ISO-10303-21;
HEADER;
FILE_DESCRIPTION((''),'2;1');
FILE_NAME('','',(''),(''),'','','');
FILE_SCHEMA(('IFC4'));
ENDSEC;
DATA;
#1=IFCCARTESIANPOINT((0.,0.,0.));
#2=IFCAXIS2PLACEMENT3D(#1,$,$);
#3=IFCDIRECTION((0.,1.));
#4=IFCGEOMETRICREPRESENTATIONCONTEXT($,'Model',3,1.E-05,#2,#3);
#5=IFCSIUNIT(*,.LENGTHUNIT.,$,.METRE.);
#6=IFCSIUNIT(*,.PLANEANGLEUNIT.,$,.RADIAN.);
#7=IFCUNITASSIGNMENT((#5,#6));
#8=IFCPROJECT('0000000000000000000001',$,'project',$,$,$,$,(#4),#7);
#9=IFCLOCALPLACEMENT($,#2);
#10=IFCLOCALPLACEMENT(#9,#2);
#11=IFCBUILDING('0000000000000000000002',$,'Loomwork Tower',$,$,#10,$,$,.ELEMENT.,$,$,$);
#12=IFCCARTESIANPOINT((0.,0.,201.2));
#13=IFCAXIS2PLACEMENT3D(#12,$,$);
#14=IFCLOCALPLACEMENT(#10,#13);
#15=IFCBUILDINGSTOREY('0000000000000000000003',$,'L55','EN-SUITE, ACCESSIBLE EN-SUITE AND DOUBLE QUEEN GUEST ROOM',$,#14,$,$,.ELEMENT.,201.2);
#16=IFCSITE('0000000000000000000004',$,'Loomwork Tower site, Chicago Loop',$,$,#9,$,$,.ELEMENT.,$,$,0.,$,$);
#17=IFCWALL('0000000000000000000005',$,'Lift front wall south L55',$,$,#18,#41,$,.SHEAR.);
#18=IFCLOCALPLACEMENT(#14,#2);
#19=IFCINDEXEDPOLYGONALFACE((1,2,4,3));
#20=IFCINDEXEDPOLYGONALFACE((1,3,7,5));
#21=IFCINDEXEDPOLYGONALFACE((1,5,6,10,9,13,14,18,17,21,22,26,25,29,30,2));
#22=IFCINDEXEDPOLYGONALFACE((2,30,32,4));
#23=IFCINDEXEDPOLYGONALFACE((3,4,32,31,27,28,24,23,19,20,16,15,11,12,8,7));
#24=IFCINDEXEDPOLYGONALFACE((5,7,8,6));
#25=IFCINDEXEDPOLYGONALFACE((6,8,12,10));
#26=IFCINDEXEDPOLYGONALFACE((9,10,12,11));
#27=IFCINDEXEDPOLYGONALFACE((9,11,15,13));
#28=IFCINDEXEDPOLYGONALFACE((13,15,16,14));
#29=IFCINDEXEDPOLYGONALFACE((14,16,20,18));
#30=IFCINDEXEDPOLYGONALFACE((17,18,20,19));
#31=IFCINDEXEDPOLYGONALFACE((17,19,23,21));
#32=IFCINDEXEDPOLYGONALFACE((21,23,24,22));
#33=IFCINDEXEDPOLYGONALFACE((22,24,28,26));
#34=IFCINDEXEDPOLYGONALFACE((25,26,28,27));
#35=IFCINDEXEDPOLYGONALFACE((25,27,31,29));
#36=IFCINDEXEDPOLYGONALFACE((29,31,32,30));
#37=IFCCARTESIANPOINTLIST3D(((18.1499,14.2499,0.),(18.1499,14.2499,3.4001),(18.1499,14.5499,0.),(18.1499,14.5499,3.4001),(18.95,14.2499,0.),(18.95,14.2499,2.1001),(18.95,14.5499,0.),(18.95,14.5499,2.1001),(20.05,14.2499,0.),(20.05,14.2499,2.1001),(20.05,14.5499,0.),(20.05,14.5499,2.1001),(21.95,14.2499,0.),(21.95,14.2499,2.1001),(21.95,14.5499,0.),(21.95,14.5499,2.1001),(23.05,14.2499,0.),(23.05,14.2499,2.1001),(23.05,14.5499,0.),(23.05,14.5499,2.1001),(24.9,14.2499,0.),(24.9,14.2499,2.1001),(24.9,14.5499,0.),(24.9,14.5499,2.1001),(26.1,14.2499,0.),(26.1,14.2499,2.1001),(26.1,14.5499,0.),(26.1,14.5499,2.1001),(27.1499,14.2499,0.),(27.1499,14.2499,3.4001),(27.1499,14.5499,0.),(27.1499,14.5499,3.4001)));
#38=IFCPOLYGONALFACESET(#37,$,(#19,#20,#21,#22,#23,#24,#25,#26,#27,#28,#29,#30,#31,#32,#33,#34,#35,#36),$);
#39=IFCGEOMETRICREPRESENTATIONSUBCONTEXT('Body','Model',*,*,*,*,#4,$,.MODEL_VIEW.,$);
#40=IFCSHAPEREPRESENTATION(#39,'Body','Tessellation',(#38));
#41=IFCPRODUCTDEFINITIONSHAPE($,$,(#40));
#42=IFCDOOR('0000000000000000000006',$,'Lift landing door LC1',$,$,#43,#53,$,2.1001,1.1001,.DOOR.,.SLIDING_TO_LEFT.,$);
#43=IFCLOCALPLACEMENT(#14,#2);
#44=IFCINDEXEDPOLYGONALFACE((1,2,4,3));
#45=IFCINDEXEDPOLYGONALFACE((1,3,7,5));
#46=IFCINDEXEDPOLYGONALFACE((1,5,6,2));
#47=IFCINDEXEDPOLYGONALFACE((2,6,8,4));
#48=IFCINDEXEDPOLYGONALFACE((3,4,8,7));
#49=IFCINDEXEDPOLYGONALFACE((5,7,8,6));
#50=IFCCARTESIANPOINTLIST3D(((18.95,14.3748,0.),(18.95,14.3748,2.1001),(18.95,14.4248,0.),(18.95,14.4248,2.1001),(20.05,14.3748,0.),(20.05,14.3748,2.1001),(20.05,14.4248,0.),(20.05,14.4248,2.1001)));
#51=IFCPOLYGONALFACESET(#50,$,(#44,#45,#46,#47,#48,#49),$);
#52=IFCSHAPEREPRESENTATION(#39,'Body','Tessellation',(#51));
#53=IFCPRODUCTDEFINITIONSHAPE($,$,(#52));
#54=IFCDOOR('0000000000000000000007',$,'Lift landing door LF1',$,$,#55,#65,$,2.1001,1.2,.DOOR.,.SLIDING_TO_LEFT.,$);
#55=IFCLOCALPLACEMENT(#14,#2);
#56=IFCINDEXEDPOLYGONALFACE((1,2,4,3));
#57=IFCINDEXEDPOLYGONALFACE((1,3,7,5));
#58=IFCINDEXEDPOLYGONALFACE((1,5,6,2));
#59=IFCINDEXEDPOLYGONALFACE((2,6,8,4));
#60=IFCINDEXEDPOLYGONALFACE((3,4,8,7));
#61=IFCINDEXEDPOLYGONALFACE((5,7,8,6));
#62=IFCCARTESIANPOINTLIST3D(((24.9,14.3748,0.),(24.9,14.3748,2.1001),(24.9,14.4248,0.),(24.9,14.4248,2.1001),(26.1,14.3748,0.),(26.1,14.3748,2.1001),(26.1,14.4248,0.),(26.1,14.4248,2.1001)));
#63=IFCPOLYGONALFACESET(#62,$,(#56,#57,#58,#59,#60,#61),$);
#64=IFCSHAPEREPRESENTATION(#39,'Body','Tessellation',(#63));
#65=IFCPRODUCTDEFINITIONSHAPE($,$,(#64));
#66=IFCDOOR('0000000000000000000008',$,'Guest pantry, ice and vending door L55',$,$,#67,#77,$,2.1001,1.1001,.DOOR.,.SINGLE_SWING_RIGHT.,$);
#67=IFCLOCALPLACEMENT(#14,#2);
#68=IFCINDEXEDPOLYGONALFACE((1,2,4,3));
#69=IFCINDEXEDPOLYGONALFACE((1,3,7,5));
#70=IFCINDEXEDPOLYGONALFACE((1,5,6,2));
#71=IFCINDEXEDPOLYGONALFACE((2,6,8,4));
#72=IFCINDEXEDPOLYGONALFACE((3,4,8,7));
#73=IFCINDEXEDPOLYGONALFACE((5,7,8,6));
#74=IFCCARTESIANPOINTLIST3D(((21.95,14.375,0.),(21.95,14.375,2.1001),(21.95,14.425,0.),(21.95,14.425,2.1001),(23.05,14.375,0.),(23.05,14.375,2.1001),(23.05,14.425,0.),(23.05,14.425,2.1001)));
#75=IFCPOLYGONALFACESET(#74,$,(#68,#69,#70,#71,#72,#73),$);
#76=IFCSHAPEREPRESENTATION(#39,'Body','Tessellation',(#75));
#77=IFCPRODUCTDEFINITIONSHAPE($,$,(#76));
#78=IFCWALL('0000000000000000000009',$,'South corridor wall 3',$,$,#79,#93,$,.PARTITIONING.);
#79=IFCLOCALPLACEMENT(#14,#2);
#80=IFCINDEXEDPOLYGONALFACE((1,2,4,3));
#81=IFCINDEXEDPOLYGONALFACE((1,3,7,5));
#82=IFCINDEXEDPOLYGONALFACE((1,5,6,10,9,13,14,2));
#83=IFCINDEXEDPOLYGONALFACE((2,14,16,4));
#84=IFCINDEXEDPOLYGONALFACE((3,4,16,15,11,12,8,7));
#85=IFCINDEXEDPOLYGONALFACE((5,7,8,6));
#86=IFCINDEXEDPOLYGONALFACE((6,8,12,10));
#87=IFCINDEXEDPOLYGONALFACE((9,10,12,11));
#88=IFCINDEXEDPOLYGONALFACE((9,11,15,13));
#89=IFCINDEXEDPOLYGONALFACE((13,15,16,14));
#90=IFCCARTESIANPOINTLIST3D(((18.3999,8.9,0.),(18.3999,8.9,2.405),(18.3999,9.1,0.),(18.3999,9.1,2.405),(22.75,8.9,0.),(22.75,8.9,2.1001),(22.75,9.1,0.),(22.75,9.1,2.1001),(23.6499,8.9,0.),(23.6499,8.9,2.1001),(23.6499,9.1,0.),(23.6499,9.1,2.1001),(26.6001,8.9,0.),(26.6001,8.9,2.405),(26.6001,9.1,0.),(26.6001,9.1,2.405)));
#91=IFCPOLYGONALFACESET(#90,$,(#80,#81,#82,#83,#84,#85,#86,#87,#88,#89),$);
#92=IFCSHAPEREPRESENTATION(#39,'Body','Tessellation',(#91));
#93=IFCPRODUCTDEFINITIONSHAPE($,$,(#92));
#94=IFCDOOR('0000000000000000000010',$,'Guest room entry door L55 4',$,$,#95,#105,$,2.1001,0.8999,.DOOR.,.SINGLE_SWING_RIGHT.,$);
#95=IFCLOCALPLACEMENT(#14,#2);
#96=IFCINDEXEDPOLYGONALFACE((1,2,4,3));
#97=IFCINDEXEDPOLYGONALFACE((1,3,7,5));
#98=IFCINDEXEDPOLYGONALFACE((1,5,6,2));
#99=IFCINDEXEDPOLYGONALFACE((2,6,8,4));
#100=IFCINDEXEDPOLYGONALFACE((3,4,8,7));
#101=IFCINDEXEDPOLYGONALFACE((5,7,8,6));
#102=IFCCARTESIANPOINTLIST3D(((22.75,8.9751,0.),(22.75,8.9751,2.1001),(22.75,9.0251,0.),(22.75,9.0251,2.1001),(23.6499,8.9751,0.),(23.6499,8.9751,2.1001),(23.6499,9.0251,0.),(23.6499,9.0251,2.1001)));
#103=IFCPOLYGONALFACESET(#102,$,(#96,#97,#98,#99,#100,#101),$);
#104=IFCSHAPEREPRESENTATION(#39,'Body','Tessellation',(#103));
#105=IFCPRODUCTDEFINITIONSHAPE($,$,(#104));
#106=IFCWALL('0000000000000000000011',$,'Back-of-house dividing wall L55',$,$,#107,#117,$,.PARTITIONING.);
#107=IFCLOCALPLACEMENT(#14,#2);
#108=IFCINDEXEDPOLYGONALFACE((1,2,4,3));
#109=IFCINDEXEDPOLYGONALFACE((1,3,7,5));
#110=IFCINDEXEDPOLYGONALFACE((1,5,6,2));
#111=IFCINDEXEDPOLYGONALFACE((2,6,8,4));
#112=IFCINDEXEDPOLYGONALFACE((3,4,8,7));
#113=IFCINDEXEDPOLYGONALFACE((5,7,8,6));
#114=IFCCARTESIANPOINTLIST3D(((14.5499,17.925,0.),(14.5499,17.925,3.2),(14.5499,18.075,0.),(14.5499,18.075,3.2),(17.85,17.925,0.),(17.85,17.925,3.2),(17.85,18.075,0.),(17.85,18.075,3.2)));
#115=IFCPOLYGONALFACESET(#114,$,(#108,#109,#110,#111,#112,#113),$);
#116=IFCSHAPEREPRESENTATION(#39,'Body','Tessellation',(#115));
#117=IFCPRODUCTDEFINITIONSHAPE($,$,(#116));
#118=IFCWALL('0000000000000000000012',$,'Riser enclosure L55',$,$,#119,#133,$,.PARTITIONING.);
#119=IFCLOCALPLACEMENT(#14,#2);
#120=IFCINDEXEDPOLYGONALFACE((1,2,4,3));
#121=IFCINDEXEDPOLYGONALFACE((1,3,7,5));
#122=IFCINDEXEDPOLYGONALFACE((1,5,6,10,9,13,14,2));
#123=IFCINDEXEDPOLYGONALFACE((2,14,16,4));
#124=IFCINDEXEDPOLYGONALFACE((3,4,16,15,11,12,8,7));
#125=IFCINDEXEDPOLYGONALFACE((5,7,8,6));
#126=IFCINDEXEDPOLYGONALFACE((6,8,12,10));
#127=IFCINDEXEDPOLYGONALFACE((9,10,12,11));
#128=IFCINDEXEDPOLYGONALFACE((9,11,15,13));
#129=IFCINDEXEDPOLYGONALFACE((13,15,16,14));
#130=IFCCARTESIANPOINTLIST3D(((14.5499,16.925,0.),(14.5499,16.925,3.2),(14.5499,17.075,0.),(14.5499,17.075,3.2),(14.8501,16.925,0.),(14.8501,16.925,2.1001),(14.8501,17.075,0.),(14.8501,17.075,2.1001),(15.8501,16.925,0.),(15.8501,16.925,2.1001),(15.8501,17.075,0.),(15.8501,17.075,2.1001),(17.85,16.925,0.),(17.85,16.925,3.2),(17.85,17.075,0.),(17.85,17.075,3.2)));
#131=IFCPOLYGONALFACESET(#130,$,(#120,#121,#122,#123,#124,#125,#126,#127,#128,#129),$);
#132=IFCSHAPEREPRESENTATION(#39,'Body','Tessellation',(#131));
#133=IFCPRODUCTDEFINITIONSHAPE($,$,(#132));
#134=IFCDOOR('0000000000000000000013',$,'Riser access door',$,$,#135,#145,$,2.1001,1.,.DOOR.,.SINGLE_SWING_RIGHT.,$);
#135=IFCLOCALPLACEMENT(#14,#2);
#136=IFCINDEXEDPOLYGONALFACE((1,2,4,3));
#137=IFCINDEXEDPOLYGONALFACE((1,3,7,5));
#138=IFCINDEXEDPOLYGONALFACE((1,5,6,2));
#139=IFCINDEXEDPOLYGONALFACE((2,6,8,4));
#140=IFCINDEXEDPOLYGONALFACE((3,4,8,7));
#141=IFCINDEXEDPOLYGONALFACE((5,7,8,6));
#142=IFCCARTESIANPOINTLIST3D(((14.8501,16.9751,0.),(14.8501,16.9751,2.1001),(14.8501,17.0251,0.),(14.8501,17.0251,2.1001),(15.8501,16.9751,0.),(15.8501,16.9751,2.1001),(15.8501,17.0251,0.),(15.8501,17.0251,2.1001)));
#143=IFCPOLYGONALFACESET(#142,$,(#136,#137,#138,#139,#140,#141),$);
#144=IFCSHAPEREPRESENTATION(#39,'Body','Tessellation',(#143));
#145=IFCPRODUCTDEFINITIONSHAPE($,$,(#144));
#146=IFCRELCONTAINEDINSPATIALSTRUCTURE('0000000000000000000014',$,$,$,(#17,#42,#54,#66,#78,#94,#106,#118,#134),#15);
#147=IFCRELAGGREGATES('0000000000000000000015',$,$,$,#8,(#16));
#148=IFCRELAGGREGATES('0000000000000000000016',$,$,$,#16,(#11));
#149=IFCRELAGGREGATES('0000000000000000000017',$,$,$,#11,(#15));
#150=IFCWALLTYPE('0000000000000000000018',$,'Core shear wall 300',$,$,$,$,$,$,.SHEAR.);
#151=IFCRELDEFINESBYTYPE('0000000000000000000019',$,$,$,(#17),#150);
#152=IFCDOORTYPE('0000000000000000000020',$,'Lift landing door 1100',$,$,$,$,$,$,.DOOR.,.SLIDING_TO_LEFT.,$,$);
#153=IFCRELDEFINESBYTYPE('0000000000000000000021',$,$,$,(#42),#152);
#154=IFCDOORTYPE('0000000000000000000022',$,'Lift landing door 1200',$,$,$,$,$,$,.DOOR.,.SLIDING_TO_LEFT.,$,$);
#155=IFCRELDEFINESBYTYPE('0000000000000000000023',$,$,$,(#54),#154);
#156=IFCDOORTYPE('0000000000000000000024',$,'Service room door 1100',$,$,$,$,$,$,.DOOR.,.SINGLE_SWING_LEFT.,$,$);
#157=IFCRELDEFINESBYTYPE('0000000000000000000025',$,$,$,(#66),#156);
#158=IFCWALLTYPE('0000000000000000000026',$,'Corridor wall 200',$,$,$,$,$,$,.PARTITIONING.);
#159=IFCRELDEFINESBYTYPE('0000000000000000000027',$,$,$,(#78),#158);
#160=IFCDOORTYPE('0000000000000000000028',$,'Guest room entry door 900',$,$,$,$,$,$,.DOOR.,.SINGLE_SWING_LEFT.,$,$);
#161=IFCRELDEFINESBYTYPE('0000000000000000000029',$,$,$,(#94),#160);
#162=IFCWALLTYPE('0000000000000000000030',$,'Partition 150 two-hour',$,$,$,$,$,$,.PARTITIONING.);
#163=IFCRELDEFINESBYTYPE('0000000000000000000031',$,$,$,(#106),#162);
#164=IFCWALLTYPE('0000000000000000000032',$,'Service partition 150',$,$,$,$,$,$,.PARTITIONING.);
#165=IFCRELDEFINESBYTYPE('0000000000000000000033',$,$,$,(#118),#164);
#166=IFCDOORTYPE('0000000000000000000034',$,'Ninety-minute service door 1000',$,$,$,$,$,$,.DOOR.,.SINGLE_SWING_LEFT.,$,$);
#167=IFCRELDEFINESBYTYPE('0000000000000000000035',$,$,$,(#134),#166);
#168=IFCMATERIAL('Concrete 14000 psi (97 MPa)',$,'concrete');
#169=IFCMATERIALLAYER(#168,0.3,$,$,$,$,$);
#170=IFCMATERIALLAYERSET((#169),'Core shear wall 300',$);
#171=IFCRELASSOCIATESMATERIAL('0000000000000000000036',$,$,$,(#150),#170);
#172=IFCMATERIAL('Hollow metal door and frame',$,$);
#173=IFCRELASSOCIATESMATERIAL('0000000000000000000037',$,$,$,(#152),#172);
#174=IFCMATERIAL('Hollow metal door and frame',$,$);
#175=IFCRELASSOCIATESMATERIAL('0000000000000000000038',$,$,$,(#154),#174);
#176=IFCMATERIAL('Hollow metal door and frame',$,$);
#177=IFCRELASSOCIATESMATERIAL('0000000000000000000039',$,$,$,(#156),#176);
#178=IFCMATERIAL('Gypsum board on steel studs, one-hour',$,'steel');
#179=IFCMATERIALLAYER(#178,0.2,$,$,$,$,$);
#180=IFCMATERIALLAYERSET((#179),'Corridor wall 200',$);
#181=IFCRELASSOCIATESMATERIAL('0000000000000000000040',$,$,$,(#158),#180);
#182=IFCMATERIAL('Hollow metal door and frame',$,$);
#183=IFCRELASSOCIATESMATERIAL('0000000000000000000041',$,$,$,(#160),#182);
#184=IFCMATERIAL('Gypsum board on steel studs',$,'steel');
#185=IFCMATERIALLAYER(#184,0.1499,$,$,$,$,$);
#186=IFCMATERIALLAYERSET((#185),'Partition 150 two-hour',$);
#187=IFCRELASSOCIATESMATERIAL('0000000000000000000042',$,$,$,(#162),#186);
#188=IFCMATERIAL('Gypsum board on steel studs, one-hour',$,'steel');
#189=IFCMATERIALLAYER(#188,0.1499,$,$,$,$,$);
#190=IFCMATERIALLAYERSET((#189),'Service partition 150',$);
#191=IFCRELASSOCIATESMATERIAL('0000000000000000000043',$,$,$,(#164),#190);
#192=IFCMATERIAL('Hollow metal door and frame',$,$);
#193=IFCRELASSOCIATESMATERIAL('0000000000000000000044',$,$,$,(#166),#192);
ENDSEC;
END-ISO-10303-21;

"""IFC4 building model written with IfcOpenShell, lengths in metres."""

from ifc_helpers import new_model, si_unit, direction, frame, frame_2d, origin, place, context, subcontext, project, spatial, rectangle, extrude, material, layer, layer_set, type_object, element, fill, save


model = new_model("IFC4")

# Units and contexts
model_context = context("Model", 3, precision=1e-05, world=origin(), true_north=direction((0.0, 1.0)))
body_context = subcontext(model_context, "Body", "Model", "MODEL_VIEW")
ifc_project = project(units=[si_unit("LENGTHUNIT", "METRE"), si_unit("PLANEANGLEUNIT", "RADIAN")], contexts=[model_context])

# Site, building, storey
site_placement = place(None, origin())
site = spatial("IfcSite", under=ifc_project, at=site_placement, Name="Loomwork Tower site, Chicago Loop", CompositionType="ELEMENT", RefElevation=0.0)
building_placement = place(site_placement, origin())
building = spatial("IfcBuilding", under=site, at=building_placement, Name="Loomwork Tower", CompositionType="ELEMENT")
storey_placement = place(building_placement, frame((0.0, 0.0, 201.2)))
storey = spatial("IfcBuildingStorey", under=building, at=storey_placement, Name="L55", Description="EN-SUITE, ACCESSIBLE EN-SUITE AND DOUBLE QUEEN GUEST ROOM", CompositionType="ELEMENT", Elevation=201.2)

# Shared definitions
ifc_material_1 = material(Name="Concrete 14000 psi (97 MPa)", Category="concrete")
ifc_layer_1 = layer(ifc_material_1, 0.3)
ifc_layer_set_1 = layer_set([ifc_layer_1], Name="Core shear wall 300")
wall_type_1 = type_object("IfcWallType", Name="Core shear wall 300", PredefinedType="SHEAR", material=ifc_layer_set_1)

# Wall, openings, doors
ifc_material_2 = material(Name="Hollow metal door and frame")
door_type_1 = type_object("IfcDoorType", Name="Lift landing door 1100", OperationType="SLIDING_TO_LEFT", PredefinedType="DOOR", material=ifc_material_2)
wall_1_placement = place(storey_placement, frame((18.1499, 14.3999, 0.0), z_axis=(0.0, 0.0, 1.0), x_axis=(1.0, 0.0, 0.0)))
wall_1 = element("IfcWall", 1, at=wall_1_placement, inside=storey, type_object=wall_type_1, Name="Lift front wall south L55", PredefinedType="SHEAR", context=body_context, shape_type="SweptSolid", body=[
    extrude(rectangle(XDim=9.0, YDim=0.3, at=frame_2d((4.5, 0.0))), origin(), (0.0, 0.0, 1.0), 3.4001),
])
opening_1_placement = place(wall_1_placement, frame((0.8, 0.0, 0.0)))
opening_1 = element("IfcOpeningElement", 2, at=opening_1_placement, cuts=wall_1, PredefinedType="OPENING", context=body_context, shape_type="SweptSolid", body=[
    extrude(rectangle(XDim=1.1001, YDim=2.1001, at=frame_2d((0.55, 1.05))), frame((0.0, 0.1599, 0.0), z_axis=(0.0, -1.0, 0.0), x_axis=(1.0, 0.0, 0.0)), (0.0, 0.0, 1.0), 0.3201),
])
opening_2_placement = place(wall_1_placement, frame((6.75, 0.0, 0.0)))
opening_2 = element("IfcOpeningElement", 3, at=opening_2_placement, cuts=wall_1, PredefinedType="OPENING", context=body_context, shape_type="SweptSolid", body=[
    extrude(rectangle(XDim=1.2, YDim=2.1001, at=frame_2d((0.6001, 1.05))), frame((0.0, 0.1599, 0.0), z_axis=(0.0, -1.0, 0.0), x_axis=(1.0, 0.0, 0.0)), (0.0, 0.0, 1.0), 0.3201),
])
opening_3_placement = place(wall_1_placement, frame((3.8, 0.0, 0.0)))
opening_3 = element("IfcOpeningElement", 4, at=opening_3_placement, cuts=wall_1, PredefinedType="OPENING", context=body_context, shape_type="SweptSolid", body=[
    extrude(rectangle(XDim=1.1001, YDim=2.1001, at=frame_2d((0.55, 1.05))), frame((0.0, 0.1599, 0.0), z_axis=(0.0, -1.0, 0.0), x_axis=(1.0, 0.0, 0.0)), (0.0, 0.0, 1.0), 0.3201),
])
door_1_placement = place(opening_1_placement, origin())
door_1 = element("IfcDoor", 5, at=door_1_placement, inside=storey, type_object=door_type_1, Name="Lift landing door LC1", OperationType="SLIDING_TO_LEFT", OverallHeight=2.1001, OverallWidth=1.1001, PredefinedType="DOOR", context=body_context, shape_type="SweptSolid", body=[
    extrude(rectangle(XDim=1.1001, YDim=2.1001, at=frame_2d((0.55, 1.05))), frame((0.0, 0.0249, 0.0), z_axis=(0.0, -1.0, 0.0), x_axis=(1.0, 0.0, 0.0)), (0.0, 0.0, 1.0), 0.05),
])
fill(opening_1, door_1)
ifc_material_3 = material(Name="Hollow metal door and frame")
door_type_2 = type_object("IfcDoorType", Name="Lift landing door 1200", OperationType="SLIDING_TO_LEFT", PredefinedType="DOOR", material=ifc_material_3)
door_2_placement = place(opening_2_placement, origin())
door_2 = element("IfcDoor", 6, at=door_2_placement, inside=storey, type_object=door_type_2, Name="Lift landing door LF1", OperationType="SLIDING_TO_LEFT", OverallHeight=2.1001, OverallWidth=1.2, PredefinedType="DOOR", context=body_context, shape_type="SweptSolid", body=[
    extrude(rectangle(XDim=1.2, YDim=2.1001, at=frame_2d((0.6001, 1.05))), frame((0.0, 0.0249, 0.0), z_axis=(0.0, -1.0, 0.0), x_axis=(1.0, 0.0, 0.0)), (0.0, 0.0, 1.0), 0.05),
])
fill(opening_2, door_2)
ifc_material_4 = material(Name="Hollow metal door and frame")
door_type_3 = type_object("IfcDoorType", Name="Service room door 1100", OperationType="SINGLE_SWING_LEFT", PredefinedType="DOOR", material=ifc_material_4)
door_3_placement = place(opening_3_placement, frame((1.1001, 0.0, 0.0), z_axis=(0.0, 0.0, 1.0), x_axis=(-1.0, 0.0, 0.0)))
door_3 = element("IfcDoor", 7, at=door_3_placement, inside=storey, type_object=door_type_3, Name="Guest pantry, ice and vending door L55", OperationType="SINGLE_SWING_RIGHT", OverallHeight=2.1001, OverallWidth=1.1001, PredefinedType="DOOR", context=body_context, shape_type="SweptSolid", body=[
    extrude(rectangle(XDim=1.1001, YDim=2.1001, at=frame_2d((0.55, 1.05))), frame((0.0, 0.0249, 0.0), z_axis=(0.0, -1.0, 0.0), x_axis=(1.0, 0.0, 0.0)), (0.0, 0.0, 1.0), 0.05),
])
fill(opening_3, door_3)

# Wall, opening, door
ifc_material_5 = material(Name="Gypsum board on steel studs, one-hour", Category="steel")
ifc_layer_2 = layer(ifc_material_5, 0.2)
ifc_layer_set_2 = layer_set([ifc_layer_2], Name="Corridor wall 200")
wall_type_2 = type_object("IfcWallType", Name="Corridor wall 200", PredefinedType="PARTITIONING", material=ifc_layer_set_2)
wall_2_placement = place(storey_placement, frame((18.3999, 9.0, 0.0), z_axis=(0.0, 0.0, 1.0), x_axis=(1.0, 0.0, 0.0)))
wall_2 = element("IfcWall", 8, at=wall_2_placement, inside=storey, type_object=wall_type_2, Name="South corridor wall 3", PredefinedType="PARTITIONING", context=body_context, shape_type="SweptSolid", body=[
    extrude(rectangle(XDim=8.2002, YDim=0.2, at=frame_2d((4.1001, 0.0))), origin(), (0.0, 0.0, 1.0), 2.405),
])
opening_4_placement = place(wall_2_placement, frame((4.3501, 0.0, 0.0)))
opening_4 = element("IfcOpeningElement", 9, at=opening_4_placement, cuts=wall_2, PredefinedType="OPENING", context=body_context, shape_type="SweptSolid", body=[
    extrude(rectangle(XDim=0.8999, YDim=2.1001, at=frame_2d((0.45, 1.05))), frame((0.0, 0.1099, 0.0), z_axis=(0.0, -1.0, 0.0), x_axis=(1.0, 0.0, 0.0)), (0.0, 0.0, 1.0), 0.22),
])
ifc_material_6 = material(Name="Hollow metal door and frame")
door_type_4 = type_object("IfcDoorType", Name="Guest room entry door 900", OperationType="SINGLE_SWING_LEFT", PredefinedType="DOOR", material=ifc_material_6)
door_4_placement = place(opening_4_placement, frame((0.8999, 0.0, 0.0), z_axis=(0.0, 0.0, 1.0), x_axis=(-1.0, 0.0, 0.0)))
door_4 = element("IfcDoor", 10, at=door_4_placement, inside=storey, type_object=door_type_4, Name="Guest room entry door L55 4", OperationType="SINGLE_SWING_RIGHT", OverallHeight=2.1001, OverallWidth=0.8999, PredefinedType="DOOR", context=body_context, shape_type="SweptSolid", body=[
    extrude(rectangle(XDim=0.8999, YDim=2.1001, at=frame_2d((0.45, 1.05))), frame((0.0, 0.0249, 0.0), z_axis=(0.0, -1.0, 0.0), x_axis=(1.0, 0.0, 0.0)), (0.0, 0.0, 1.0), 0.05),
])
fill(opening_4, door_4)

# Wall
ifc_material_7 = material(Name="Gypsum board on steel studs", Category="steel")
ifc_layer_3 = layer(ifc_material_7, 0.1499)
ifc_layer_set_3 = layer_set([ifc_layer_3], Name="Partition 150 two-hour")
wall_type_3 = type_object("IfcWallType", Name="Partition 150 two-hour", PredefinedType="PARTITIONING", material=ifc_layer_set_3)
wall_3_placement = place(storey_placement, frame((14.55, 18.0, 0.0), z_axis=(0.0, 0.0, 1.0), x_axis=(1.0, 0.0, 0.0)))
element("IfcWall", 11, at=wall_3_placement, inside=storey, type_object=wall_type_3, Name="Back-of-house dividing wall L55", PredefinedType="PARTITIONING", context=body_context, shape_type="SweptSolid", body=[
    extrude(rectangle(XDim=3.3, YDim=0.1499, at=frame_2d((1.6499, 0.0))), origin(), (0.0, 0.0, 1.0), 3.2),
])

# Wall, opening, door
ifc_material_8 = material(Name="Gypsum board on steel studs, one-hour", Category="steel")
ifc_layer_4 = layer(ifc_material_8, 0.1499)
ifc_layer_set_4 = layer_set([ifc_layer_4], Name="Service partition 150")
wall_type_4 = type_object("IfcWallType", Name="Service partition 150", PredefinedType="PARTITIONING", material=ifc_layer_set_4)
wall_4_placement = place(storey_placement, frame((14.55, 17.0, 0.0), z_axis=(0.0, 0.0, 1.0), x_axis=(1.0, 0.0, 0.0)))
wall_4 = element("IfcWall", 12, at=wall_4_placement, inside=storey, type_object=wall_type_4, Name="Riser enclosure L55", PredefinedType="PARTITIONING", context=body_context, shape_type="SweptSolid", body=[
    extrude(rectangle(XDim=3.3, YDim=0.1499, at=frame_2d((1.6499, 0.0))), origin(), (0.0, 0.0, 1.0), 3.2),
])
opening_5_placement = place(wall_4_placement, frame((0.3, 0.0, 0.0)))
opening_5 = element("IfcOpeningElement", 13, at=opening_5_placement, cuts=wall_4, PredefinedType="OPENING", context=body_context, shape_type="SweptSolid", body=[
    extrude(rectangle(XDim=1.0, YDim=2.1001, at=frame_2d((0.5, 1.05))), frame((0.0, 0.085, 0.0), z_axis=(0.0, -1.0, 0.0), x_axis=(1.0, 0.0, 0.0)), (0.0, 0.0, 1.0), 0.1699),
])
ifc_material_9 = material(Name="Hollow metal door and frame")
door_type_5 = type_object("IfcDoorType", Name="Ninety-minute service door 1000", OperationType="SINGLE_SWING_LEFT", PredefinedType="DOOR", material=ifc_material_9)
door_5_placement = place(opening_5_placement, frame((1.0, 0.0, 0.0), z_axis=(0.0, 0.0, 1.0), x_axis=(-1.0, 0.0, 0.0)))
door_5 = element("IfcDoor", 14, at=door_5_placement, inside=storey, type_object=door_type_5, Name="Riser access door", OperationType="SINGLE_SWING_RIGHT", OverallHeight=2.1001, OverallWidth=1.0, PredefinedType="DOOR", context=body_context, shape_type="SweptSolid", body=[
    extrude(rectangle(XDim=1.0, YDim=2.1001, at=frame_2d((0.5, 1.05))), frame((0.0, 0.0249, 0.0), z_axis=(0.0, -1.0, 0.0), x_axis=(1.0, 0.0, 0.0)), (0.0, 0.0, 1.0), 0.05),
])
fill(opening_5, door_5)

save(model, "model.ifc")
